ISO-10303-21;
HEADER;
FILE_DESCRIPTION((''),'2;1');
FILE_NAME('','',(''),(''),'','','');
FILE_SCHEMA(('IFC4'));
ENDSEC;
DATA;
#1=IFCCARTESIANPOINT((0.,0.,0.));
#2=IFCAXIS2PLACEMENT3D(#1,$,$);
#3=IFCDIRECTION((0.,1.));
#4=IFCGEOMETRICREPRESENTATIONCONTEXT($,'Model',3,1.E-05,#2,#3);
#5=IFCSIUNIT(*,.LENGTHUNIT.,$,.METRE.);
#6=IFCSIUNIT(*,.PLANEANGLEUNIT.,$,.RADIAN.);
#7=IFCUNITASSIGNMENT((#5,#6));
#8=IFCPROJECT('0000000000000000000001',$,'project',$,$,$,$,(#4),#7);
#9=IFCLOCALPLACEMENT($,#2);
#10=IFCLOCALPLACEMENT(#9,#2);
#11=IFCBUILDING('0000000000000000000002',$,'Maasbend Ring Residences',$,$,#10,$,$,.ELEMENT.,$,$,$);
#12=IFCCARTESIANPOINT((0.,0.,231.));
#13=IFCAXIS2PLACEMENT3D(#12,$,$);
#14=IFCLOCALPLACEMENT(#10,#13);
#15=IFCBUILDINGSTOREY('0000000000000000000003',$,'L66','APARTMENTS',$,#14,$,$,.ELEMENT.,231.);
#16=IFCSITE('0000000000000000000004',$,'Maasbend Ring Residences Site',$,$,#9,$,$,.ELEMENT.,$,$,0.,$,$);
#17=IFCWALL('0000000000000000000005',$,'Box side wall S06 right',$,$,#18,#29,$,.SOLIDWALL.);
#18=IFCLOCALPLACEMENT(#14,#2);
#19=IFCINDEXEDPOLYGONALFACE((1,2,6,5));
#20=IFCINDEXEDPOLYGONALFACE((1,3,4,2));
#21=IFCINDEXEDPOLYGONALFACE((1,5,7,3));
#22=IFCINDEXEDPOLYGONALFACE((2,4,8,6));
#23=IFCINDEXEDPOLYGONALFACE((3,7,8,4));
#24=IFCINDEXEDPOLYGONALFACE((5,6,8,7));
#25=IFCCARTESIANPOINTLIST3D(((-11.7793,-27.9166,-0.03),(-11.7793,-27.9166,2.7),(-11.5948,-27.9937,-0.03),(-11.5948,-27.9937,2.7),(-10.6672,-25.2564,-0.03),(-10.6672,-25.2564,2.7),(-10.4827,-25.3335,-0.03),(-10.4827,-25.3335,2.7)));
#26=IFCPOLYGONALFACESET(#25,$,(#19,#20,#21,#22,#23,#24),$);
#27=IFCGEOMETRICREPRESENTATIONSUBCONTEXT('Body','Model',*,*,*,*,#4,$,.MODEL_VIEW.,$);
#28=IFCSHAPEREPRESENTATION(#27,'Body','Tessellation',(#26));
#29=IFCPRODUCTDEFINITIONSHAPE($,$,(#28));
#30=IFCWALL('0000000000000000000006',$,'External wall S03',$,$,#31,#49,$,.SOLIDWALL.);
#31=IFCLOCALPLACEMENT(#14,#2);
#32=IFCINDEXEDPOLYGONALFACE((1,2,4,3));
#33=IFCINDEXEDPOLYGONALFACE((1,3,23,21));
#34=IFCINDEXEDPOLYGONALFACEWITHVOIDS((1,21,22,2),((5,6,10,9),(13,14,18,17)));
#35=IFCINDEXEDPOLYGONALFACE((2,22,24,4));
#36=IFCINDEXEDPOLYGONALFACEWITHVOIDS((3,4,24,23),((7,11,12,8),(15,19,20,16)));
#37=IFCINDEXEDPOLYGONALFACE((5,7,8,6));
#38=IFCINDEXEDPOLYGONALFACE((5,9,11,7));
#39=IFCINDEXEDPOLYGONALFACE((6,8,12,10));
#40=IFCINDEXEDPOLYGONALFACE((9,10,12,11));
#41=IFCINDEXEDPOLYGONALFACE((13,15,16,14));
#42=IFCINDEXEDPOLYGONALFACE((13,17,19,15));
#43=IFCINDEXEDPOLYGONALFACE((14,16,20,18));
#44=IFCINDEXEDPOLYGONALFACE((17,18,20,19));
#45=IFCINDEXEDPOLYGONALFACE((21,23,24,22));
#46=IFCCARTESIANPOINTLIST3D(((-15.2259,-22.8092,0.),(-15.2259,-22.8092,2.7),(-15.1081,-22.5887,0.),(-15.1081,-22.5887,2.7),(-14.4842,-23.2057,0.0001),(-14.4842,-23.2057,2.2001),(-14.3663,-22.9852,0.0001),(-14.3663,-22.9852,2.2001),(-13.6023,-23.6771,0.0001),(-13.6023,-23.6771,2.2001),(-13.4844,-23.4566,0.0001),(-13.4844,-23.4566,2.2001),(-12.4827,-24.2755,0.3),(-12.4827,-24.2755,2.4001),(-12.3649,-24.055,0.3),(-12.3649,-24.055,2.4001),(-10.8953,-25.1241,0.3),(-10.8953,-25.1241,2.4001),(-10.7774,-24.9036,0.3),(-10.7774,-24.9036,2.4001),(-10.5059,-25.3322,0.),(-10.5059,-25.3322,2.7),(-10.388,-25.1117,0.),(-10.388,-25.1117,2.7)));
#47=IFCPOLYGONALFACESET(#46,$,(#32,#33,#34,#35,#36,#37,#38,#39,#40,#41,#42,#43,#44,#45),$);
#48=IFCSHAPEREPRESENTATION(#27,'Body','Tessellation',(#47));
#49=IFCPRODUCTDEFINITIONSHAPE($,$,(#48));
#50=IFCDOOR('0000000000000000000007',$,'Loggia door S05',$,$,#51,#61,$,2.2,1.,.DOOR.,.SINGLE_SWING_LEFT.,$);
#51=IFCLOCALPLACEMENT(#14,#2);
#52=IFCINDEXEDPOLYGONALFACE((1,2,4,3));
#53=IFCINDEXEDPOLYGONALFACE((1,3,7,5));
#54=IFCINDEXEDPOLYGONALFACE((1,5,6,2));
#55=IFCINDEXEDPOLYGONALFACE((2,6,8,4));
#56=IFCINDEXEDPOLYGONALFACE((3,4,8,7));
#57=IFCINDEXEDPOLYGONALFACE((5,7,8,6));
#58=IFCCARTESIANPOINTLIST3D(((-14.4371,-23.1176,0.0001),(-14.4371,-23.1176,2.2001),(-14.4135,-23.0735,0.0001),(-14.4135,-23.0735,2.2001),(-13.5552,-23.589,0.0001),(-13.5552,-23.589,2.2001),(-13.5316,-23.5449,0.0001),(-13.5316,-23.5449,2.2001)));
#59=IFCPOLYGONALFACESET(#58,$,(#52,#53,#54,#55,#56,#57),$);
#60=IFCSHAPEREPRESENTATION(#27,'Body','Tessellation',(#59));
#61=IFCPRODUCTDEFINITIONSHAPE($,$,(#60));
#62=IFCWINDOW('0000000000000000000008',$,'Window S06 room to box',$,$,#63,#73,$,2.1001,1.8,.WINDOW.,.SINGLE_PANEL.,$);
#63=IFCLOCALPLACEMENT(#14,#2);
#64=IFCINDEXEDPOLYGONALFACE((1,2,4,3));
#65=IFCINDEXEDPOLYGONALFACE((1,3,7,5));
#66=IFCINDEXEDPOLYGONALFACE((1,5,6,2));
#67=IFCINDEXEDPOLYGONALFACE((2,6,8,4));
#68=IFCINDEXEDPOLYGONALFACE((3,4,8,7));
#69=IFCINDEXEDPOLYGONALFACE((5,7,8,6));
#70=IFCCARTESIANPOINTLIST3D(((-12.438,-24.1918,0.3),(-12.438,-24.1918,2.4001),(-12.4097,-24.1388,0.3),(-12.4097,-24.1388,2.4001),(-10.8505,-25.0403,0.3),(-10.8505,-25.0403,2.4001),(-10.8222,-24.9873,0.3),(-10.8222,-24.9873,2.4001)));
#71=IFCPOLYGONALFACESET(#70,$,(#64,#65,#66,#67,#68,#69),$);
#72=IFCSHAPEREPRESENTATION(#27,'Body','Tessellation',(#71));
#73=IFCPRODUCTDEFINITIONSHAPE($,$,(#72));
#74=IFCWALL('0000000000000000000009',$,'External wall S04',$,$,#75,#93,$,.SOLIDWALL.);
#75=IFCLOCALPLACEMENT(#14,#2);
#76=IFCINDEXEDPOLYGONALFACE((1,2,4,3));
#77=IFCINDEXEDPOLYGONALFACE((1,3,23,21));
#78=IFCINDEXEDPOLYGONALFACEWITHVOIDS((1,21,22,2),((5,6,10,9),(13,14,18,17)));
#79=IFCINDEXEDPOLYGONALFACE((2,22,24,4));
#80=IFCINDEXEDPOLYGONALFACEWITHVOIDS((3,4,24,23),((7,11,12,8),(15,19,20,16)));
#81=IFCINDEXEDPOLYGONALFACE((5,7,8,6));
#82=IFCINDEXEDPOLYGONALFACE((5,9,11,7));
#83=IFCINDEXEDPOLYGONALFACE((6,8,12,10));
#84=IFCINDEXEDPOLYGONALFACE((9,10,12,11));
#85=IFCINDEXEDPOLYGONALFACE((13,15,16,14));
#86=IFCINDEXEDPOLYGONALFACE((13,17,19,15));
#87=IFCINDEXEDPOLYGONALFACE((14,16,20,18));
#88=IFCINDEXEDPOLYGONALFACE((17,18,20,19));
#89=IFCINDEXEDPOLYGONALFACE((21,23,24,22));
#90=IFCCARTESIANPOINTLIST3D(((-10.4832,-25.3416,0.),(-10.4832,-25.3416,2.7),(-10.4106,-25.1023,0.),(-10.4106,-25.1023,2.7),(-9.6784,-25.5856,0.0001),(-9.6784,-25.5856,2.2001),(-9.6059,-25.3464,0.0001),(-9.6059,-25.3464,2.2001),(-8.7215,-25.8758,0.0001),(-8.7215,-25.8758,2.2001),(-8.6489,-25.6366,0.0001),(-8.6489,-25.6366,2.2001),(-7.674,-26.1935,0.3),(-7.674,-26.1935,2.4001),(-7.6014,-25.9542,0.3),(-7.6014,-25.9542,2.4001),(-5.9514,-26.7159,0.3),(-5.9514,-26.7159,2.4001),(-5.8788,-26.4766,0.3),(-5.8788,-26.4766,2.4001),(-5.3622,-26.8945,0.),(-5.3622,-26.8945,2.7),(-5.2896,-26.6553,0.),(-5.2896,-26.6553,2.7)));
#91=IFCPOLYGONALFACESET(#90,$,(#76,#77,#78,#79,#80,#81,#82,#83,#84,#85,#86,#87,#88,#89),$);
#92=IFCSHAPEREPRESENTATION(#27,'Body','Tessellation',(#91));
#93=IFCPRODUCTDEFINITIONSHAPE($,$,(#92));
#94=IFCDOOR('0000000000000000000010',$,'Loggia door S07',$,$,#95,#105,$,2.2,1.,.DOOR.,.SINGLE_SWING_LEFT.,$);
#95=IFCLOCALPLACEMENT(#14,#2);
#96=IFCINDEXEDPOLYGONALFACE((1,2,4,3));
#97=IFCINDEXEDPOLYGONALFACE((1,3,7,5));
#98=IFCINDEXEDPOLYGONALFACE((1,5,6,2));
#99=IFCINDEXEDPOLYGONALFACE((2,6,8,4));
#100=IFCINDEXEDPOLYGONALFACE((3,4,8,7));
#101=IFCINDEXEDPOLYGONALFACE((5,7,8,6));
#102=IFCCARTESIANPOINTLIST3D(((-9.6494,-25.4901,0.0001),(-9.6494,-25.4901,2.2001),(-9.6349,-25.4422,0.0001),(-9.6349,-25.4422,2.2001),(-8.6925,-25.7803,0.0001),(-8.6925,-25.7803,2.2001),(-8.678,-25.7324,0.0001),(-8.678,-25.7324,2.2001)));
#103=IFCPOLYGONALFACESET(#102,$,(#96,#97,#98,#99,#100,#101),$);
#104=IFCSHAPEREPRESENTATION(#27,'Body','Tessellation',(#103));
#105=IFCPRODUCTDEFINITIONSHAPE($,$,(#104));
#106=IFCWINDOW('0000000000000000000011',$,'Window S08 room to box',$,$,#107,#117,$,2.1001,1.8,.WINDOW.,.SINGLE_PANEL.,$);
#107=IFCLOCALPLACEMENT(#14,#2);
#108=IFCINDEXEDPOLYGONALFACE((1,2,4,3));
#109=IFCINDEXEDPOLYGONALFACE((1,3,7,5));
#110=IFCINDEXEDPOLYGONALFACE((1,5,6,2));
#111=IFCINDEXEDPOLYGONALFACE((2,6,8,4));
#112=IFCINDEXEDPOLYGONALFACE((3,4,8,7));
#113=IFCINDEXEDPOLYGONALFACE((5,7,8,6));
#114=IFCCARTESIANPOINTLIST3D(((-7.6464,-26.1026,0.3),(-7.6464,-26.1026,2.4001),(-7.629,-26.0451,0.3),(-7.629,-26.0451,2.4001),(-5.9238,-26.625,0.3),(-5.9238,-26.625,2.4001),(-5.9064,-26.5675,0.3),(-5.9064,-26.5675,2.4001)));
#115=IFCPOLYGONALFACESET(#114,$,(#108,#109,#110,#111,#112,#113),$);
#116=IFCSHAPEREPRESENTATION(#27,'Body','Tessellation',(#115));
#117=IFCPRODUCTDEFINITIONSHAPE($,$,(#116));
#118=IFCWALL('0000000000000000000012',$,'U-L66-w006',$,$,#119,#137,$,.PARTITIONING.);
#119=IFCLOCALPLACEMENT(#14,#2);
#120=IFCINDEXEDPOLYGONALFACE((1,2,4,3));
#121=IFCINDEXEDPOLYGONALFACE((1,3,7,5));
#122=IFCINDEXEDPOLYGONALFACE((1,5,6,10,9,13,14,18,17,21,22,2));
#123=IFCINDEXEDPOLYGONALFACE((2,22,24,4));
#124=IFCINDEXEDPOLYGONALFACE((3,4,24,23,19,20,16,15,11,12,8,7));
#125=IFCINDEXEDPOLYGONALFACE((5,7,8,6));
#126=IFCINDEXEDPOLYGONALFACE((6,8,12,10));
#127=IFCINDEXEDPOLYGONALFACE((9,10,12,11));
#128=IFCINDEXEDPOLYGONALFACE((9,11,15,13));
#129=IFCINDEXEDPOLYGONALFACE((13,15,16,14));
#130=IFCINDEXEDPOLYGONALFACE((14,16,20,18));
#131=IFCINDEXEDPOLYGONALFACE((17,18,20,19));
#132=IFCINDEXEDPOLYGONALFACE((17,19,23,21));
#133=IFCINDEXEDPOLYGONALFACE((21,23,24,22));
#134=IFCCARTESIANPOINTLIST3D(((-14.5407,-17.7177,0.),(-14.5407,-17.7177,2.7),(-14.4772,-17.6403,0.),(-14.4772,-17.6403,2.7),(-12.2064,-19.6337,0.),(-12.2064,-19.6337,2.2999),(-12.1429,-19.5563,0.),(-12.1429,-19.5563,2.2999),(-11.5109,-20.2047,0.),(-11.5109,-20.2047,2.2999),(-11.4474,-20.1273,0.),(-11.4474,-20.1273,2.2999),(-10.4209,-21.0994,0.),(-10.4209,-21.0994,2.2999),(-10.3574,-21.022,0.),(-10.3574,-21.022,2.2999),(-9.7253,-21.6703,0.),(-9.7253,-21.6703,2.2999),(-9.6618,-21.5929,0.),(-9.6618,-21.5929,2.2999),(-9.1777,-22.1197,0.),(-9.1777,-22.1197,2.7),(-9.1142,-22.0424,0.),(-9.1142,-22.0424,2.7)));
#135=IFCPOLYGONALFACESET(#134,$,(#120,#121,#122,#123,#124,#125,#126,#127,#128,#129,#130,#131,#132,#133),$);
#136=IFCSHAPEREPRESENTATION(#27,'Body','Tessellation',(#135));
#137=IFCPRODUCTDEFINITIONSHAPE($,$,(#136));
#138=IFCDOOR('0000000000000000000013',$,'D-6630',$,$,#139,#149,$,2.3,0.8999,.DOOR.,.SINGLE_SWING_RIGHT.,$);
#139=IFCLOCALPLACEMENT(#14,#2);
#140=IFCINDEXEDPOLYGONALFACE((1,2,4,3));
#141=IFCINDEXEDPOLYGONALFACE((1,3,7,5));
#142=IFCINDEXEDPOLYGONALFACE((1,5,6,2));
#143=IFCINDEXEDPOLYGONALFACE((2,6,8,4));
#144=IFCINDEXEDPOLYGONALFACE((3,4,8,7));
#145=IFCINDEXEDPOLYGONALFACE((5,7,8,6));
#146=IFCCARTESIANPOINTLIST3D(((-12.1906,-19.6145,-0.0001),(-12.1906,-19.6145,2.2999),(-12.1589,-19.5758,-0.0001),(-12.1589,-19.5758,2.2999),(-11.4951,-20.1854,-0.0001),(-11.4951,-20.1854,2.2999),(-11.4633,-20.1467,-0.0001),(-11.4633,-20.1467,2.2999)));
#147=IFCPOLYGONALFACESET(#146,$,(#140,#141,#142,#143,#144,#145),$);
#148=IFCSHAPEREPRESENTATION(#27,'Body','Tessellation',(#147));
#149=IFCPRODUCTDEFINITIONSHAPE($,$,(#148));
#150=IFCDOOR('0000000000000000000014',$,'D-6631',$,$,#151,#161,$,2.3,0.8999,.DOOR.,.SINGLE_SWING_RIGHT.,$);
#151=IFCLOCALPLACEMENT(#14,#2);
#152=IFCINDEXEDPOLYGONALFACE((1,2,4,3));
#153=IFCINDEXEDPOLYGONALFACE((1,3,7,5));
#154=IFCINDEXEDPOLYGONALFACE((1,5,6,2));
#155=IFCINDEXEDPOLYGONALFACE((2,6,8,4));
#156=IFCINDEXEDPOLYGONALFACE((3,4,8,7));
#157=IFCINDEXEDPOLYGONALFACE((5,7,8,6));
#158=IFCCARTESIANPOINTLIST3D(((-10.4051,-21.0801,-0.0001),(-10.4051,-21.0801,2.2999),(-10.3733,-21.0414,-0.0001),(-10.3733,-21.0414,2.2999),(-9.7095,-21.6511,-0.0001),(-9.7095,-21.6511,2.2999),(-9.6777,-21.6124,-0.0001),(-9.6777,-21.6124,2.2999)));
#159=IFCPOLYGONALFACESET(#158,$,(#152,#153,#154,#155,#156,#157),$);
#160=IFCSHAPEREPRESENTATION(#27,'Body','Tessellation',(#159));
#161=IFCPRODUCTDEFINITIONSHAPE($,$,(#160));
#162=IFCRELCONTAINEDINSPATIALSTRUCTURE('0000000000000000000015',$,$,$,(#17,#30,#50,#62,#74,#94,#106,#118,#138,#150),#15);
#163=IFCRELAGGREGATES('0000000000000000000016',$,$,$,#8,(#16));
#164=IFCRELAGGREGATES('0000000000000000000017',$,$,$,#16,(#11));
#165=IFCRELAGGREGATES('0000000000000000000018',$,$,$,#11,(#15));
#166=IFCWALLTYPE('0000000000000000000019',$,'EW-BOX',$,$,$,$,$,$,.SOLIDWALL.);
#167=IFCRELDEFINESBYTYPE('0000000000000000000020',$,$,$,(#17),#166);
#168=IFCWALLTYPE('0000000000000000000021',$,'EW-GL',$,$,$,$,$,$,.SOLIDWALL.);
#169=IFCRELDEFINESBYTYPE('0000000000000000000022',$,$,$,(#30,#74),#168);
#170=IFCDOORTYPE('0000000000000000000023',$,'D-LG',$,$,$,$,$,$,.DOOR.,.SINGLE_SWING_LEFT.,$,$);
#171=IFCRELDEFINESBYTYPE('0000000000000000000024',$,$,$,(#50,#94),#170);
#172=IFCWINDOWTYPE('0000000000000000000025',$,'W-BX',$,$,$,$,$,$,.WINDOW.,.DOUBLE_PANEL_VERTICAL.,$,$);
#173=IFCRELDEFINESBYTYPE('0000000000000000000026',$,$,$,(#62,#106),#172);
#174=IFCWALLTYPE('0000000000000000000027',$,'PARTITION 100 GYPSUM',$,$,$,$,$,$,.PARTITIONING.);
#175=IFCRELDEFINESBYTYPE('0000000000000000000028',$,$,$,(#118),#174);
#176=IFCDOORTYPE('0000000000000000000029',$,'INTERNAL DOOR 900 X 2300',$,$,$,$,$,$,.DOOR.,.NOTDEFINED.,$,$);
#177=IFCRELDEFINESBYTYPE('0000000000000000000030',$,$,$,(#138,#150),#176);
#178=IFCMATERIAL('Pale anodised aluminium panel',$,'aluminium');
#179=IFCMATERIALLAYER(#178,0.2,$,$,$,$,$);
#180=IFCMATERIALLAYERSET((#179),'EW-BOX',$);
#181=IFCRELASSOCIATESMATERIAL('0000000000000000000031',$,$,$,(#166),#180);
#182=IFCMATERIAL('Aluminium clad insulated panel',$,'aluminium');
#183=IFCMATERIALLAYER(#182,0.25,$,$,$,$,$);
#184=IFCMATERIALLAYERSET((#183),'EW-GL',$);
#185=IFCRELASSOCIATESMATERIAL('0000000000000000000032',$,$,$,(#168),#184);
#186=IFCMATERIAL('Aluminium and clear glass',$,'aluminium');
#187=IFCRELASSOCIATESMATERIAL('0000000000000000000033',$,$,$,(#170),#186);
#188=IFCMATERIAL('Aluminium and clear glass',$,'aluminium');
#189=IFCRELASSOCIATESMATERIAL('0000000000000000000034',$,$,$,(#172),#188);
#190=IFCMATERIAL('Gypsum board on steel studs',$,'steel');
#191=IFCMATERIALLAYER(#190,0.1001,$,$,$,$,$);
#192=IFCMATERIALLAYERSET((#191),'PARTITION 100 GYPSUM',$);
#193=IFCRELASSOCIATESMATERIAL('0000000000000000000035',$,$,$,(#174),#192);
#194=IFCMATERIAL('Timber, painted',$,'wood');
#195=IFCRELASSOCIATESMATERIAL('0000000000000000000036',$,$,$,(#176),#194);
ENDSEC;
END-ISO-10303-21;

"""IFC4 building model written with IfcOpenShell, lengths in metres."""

from ifc_helpers import new_model, si_unit, direction, frame, frame_2d, origin, place, context, subcontext, project, spatial, rectangle, extrude, material, layer, layer_set, type_object, element, fill, save


model = new_model("IFC4")

# Units and contexts
model_context = context("Model", 3, precision=1e-05, world=origin(), true_north=direction((0.0, 1.0)))
body_context = subcontext(model_context, "Body", "Model", "MODEL_VIEW")
ifc_project = project(units=[si_unit("LENGTHUNIT", "METRE"), si_unit("PLANEANGLEUNIT", "RADIAN")], contexts=[model_context])

# Site, building, storey
site_placement = place(None, origin())
site = spatial("IfcSite", under=ifc_project, at=site_placement, Name="Maasbend Ring Residences Site", CompositionType="ELEMENT", RefElevation=0.0)
building_placement = place(site_placement, origin())
building = spatial("IfcBuilding", under=site, at=building_placement, Name="Maasbend Ring Residences", CompositionType="ELEMENT")
storey_placement = place(building_placement, frame((0.0, 0.0, 231.0)))
storey = spatial("IfcBuildingStorey", under=building, at=storey_placement, Name="L66", Description="APARTMENTS", CompositionType="ELEMENT", Elevation=231.0)

# Shared definitions
ifc_material_1 = material(Name="Pale anodised aluminium panel", Category="aluminium")
ifc_layer_1 = layer(ifc_material_1, 0.2)
ifc_layer_set_1 = layer_set([ifc_layer_1], Name="EW-BOX")
wall_type_1 = type_object("IfcWallType", Name="EW-BOX", PredefinedType="SOLIDWALL", material=ifc_layer_set_1)

# Wall
wall_1_placement = place(storey_placement, frame((-10.575, -25.2949, -0.03), z_axis=(0.0, 0.0, 1.0), x_axis=(-0.385697, -0.922625, 0.0)))
element("IfcWall", 1, at=wall_1_placement, inside=storey, type_object=wall_type_1, Name="Box side wall S06 right", PredefinedType="SOLIDWALL", context=body_context, shape_type="SweptSolid", body=[
    extrude(rectangle(XDim=2.8833, YDim=0.2, at=frame_2d((1.4417, 0.0))), origin(), (0.0, 0.0, 1.0), 2.73),
])

# Walls, openings, doors, windows
ifc_material_2 = material(Name="Aluminium clad insulated panel", Category="aluminium")
ifc_layer_2 = layer(ifc_material_2, 0.25)
ifc_layer_set_2 = layer_set([ifc_layer_2], Name="EW-GL")
wall_type_2 = type_object("IfcWallType", Name="EW-GL", PredefinedType="SOLIDWALL", material=ifc_layer_set_2)
wall_2_placement = place(storey_placement, frame((-15.167, -22.699, 0.0), z_axis=(0.0, 0.0, 1.0), x_axis=(0.881916, -0.471407, 0.0)))
wall_2 = element("IfcWall", 2, at=wall_2_placement, inside=storey, type_object=wall_type_2, Name="External wall S03", PredefinedType="SOLIDWALL", context=body_context, shape_type="SweptSolid", body=[
    extrude(rectangle(XDim=5.3521, YDim=0.25, at=frame_2d((2.676, 0.0))), origin(), (0.0, 0.0, 1.0), 2.7),
])
opening_1_placement = place(wall_2_placement, frame((0.8411, 0.0, 0.0)))
opening_1 = element("IfcOpeningElement", 3, at=opening_1_placement, cuts=wall_2, PredefinedType="OPENING", context=body_context, shape_type="SweptSolid", body=[
    extrude(rectangle(XDim=1.0, YDim=2.2, at=frame_2d((0.5, 1.1001))), frame((0.0, 0.135, 0.0), z_axis=(0.0, -1.0, 0.0), x_axis=(1.0, 0.0, 0.0)), (0.0, 0.0, 1.0), 0.27),
])
opening_2_placement = place(wall_2_placement, frame((3.1106, 0.0, 0.3)))
opening_2 = element("IfcOpeningElement", 4, at=opening_2_placement, cuts=wall_2, PredefinedType="OPENING", context=body_context, shape_type="SweptSolid", body=[
    extrude(rectangle(XDim=1.8, YDim=2.1001, at=frame_2d((0.8999, 1.05))), frame((0.0, 0.135, 0.0), z_axis=(0.0, -1.0, 0.0), x_axis=(1.0, 0.0, 0.0)), (0.0, 0.0, 1.0), 0.27),
])
ifc_material_3 = material(Name="Aluminium and clear glass", Category="aluminium")
door_type_1 = type_object("IfcDoorType", Name="D-LG", OperationType="SINGLE_SWING_LEFT", PredefinedType="DOOR", material=ifc_material_3)
door_1_placement = place(opening_1_placement, origin())
door_1 = element("IfcDoor", 5, at=door_1_placement, inside=storey, type_object=door_type_1, Name="Loggia door S05", OperationType="SINGLE_SWING_LEFT", OverallHeight=2.2, OverallWidth=1.0, PredefinedType="DOOR", context=body_context, shape_type="SweptSolid", body=[
    extrude(rectangle(XDim=1.0, YDim=2.2, at=frame_2d((0.5, 1.1001))), frame((0.0, 0.0249, 0.0), z_axis=(0.0, -1.0, 0.0), x_axis=(1.0, 0.0, 0.0)), (0.0, 0.0, 1.0), 0.05),
])
fill(opening_1, door_1)
ifc_material_4 = material(Name="Aluminium and clear glass", Category="aluminium")
window_type_1 = type_object("IfcWindowType", Name="W-BX", PartitioningType="DOUBLE_PANEL_VERTICAL", PredefinedType="WINDOW", material=ifc_material_4)
window_1_placement = place(opening_2_placement, origin())
window_1 = element("IfcWindow", 6, at=window_1_placement, inside=storey, type_object=window_type_1, Name="Window S06 room to box", OverallHeight=2.1001, OverallWidth=1.8, PartitioningType="SINGLE_PANEL", PredefinedType="WINDOW", context=body_context, shape_type="SweptSolid", body=[
    extrude(rectangle(XDim=1.8, YDim=2.1001, at=frame_2d((0.8999, 1.05))), frame((0.0, 0.03, 0.0), z_axis=(0.0, -1.0, 0.0), x_axis=(1.0, 0.0, 0.0)), (0.0, 0.0, 1.0), 0.0601),
])
fill(opening_2, window_1)
wall_3_placement = place(storey_placement, frame((-10.447, -25.2219, 0.0), z_axis=(0.0, 0.0, 1.0), x_axis=(0.956966, -0.290201, 0.0)))
wall_3 = element("IfcWall", 7, at=wall_3_placement, inside=storey, type_object=wall_type_2, Name="External wall S04", PredefinedType="SOLIDWALL", context=body_context, shape_type="SweptSolid", body=[
    extrude(rectangle(XDim=5.3513, YDim=0.25, at=frame_2d((2.6758, 0.0))), origin(), (0.0, 0.0, 1.0), 2.7),
])
opening_3_placement = place(wall_3_placement, frame((0.8411, 0.0, 0.0)))
opening_3 = element("IfcOpeningElement", 8, at=opening_3_placement, cuts=wall_3, PredefinedType="OPENING", context=body_context, shape_type="SweptSolid", body=[
    extrude(rectangle(XDim=1.0, YDim=2.2, at=frame_2d((0.5, 1.1001))), frame((0.0, 0.135, 0.0), z_axis=(0.0, -1.0, 0.0), x_axis=(1.0, 0.0, 0.0)), (0.0, 0.0, 1.0), 0.27),
])
opening_4_placement = place(wall_3_placement, frame((2.9358, 0.0, 0.3)))
opening_4 = element("IfcOpeningElement", 9, at=opening_4_placement, cuts=wall_3, PredefinedType="OPENING", context=body_context, shape_type="SweptSolid", body=[
    extrude(rectangle(XDim=1.8, YDim=2.1001, at=frame_2d((0.8999, 1.05))), frame((0.0, 0.135, 0.0), z_axis=(0.0, -1.0, 0.0), x_axis=(1.0, 0.0, 0.0)), (0.0, 0.0, 1.0), 0.27),
])
door_2_placement = place(opening_3_placement, origin())
door_2 = element("IfcDoor", 10, at=door_2_placement, inside=storey, type_object=door_type_1, Name="Loggia door S07", OperationType="SINGLE_SWING_LEFT", OverallHeight=2.2, OverallWidth=1.0, PredefinedType="DOOR", context=body_context, shape_type="SweptSolid", body=[
    extrude(rectangle(XDim=1.0, YDim=2.2, at=frame_2d((0.5, 1.1001))), frame((0.0, 0.0249, 0.0), z_axis=(0.0, -1.0, 0.0), x_axis=(1.0, 0.0, 0.0)), (0.0, 0.0, 1.0), 0.05),
])
fill(opening_3, door_2)
window_2_placement = place(opening_4_placement, origin())
window_2 = element("IfcWindow", 11, at=window_2_placement, inside=storey, type_object=window_type_1, Name="Window S08 room to box", OverallHeight=2.1001, OverallWidth=1.8, PartitioningType="SINGLE_PANEL", PredefinedType="WINDOW", context=body_context, shape_type="SweptSolid", body=[
    extrude(rectangle(XDim=1.8, YDim=2.1001, at=frame_2d((0.8999, 1.05))), frame((0.0, 0.03, 0.0), z_axis=(0.0, -1.0, 0.0), x_axis=(1.0, 0.0, 0.0)), (0.0, 0.0, 1.0), 0.0601),
])
fill(opening_4, window_2)

# Wall, openings, doors
ifc_material_5 = material(Name="Gypsum board on steel studs", Category="steel")
ifc_layer_3 = layer(ifc_material_5, 0.1001)
ifc_layer_set_3 = layer_set([ifc_layer_3], Name="PARTITION 100 GYPSUM")
wall_type_3 = type_object("IfcWallType", Name="PARTITION 100 GYPSUM", PredefinedType="PARTITIONING", material=ifc_layer_set_3)
wall_4_placement = place(storey_placement, frame((-14.509, -17.679, 0.0), z_axis=(0.0, 0.0, 1.0), x_axis=(0.772956, -0.634459, 0.0)))
wall_4 = element("IfcWall", 12, at=wall_4_placement, inside=storey, type_object=wall_type_3, Name="U-L66-w006", PredefinedType="PARTITIONING", context=body_context, shape_type="SweptSolid", body=[
    extrude(rectangle(XDim=6.9382, YDim=0.1001, at=frame_2d((3.4692, 0.0))), origin(), (0.0, 0.0, 1.0), 2.7),
])
opening_5_placement = place(wall_4_placement, frame((3.02, 0.0, 0.0)))
opening_5 = element("IfcOpeningElement", 13, at=opening_5_placement, cuts=wall_4, PredefinedType="OPENING", context=body_context, shape_type="SweptSolid", body=[
    extrude(rectangle(XDim=0.8999, YDim=2.3, at=frame_2d((0.45, 1.1499))), frame((0.0, 0.0601, 0.0), z_axis=(0.0, -1.0, 0.0), x_axis=(1.0, 0.0, 0.0)), (0.0, 0.0, 1.0), 0.1201),
])
opening_6_placement = place(wall_4_placement, frame((5.3301, 0.0, 0.0)))
opening_6 = element("IfcOpeningElement", 14, at=opening_6_placement, cuts=wall_4, PredefinedType="OPENING", context=body_context, shape_type="SweptSolid", body=[
    extrude(rectangle(XDim=0.8999, YDim=2.3, at=frame_2d((0.45, 1.1499))), frame((0.0, 0.0601, 0.0), z_axis=(0.0, -1.0, 0.0), x_axis=(1.0, 0.0, 0.0)), (0.0, 0.0, 1.0), 0.1201),
])
ifc_material_6 = material(Name="Timber, painted", Category="wood")
door_type_2 = type_object("IfcDoorType", Name="INTERNAL DOOR 900 X 2300", OperationType="NOTDEFINED", PredefinedType="DOOR", material=ifc_material_6)
door_3_placement = place(opening_5_placement, origin())
door_3 = element("IfcDoor", 15, at=door_3_placement, inside=storey, type_object=door_type_2, Name="D-6630", OperationType="SINGLE_SWING_RIGHT", OverallHeight=2.3, OverallWidth=0.8999, PredefinedType="DOOR", context=body_context, shape_type="SweptSolid", body=[
    extrude(rectangle(XDim=0.8999, YDim=2.3, at=frame_2d((0.45, 1.1499))), frame((0.0, 0.0249, 0.0), z_axis=(0.0, -1.0, 0.0), x_axis=(1.0, 0.0, 0.0)), (0.0, 0.0, 1.0), 0.05),
])
fill(opening_5, door_3)
door_4_placement = place(opening_6_placement, origin())
door_4 = element("IfcDoor", 16, at=door_4_placement, inside=storey, type_object=door_type_2, Name="D-6631", OperationType="SINGLE_SWING_RIGHT", OverallHeight=2.3, OverallWidth=0.8999, PredefinedType="DOOR", context=body_context, shape_type="SweptSolid", body=[
    extrude(rectangle(XDim=0.8999, YDim=2.3, at=frame_2d((0.45, 1.1499))), frame((0.0, 0.0249, 0.0), z_axis=(0.0, -1.0, 0.0), x_axis=(1.0, 0.0, 0.0)), (0.0, 0.0, 1.0), 0.05),
])
fill(opening_6, door_4)

save(model, "model.ifc")
